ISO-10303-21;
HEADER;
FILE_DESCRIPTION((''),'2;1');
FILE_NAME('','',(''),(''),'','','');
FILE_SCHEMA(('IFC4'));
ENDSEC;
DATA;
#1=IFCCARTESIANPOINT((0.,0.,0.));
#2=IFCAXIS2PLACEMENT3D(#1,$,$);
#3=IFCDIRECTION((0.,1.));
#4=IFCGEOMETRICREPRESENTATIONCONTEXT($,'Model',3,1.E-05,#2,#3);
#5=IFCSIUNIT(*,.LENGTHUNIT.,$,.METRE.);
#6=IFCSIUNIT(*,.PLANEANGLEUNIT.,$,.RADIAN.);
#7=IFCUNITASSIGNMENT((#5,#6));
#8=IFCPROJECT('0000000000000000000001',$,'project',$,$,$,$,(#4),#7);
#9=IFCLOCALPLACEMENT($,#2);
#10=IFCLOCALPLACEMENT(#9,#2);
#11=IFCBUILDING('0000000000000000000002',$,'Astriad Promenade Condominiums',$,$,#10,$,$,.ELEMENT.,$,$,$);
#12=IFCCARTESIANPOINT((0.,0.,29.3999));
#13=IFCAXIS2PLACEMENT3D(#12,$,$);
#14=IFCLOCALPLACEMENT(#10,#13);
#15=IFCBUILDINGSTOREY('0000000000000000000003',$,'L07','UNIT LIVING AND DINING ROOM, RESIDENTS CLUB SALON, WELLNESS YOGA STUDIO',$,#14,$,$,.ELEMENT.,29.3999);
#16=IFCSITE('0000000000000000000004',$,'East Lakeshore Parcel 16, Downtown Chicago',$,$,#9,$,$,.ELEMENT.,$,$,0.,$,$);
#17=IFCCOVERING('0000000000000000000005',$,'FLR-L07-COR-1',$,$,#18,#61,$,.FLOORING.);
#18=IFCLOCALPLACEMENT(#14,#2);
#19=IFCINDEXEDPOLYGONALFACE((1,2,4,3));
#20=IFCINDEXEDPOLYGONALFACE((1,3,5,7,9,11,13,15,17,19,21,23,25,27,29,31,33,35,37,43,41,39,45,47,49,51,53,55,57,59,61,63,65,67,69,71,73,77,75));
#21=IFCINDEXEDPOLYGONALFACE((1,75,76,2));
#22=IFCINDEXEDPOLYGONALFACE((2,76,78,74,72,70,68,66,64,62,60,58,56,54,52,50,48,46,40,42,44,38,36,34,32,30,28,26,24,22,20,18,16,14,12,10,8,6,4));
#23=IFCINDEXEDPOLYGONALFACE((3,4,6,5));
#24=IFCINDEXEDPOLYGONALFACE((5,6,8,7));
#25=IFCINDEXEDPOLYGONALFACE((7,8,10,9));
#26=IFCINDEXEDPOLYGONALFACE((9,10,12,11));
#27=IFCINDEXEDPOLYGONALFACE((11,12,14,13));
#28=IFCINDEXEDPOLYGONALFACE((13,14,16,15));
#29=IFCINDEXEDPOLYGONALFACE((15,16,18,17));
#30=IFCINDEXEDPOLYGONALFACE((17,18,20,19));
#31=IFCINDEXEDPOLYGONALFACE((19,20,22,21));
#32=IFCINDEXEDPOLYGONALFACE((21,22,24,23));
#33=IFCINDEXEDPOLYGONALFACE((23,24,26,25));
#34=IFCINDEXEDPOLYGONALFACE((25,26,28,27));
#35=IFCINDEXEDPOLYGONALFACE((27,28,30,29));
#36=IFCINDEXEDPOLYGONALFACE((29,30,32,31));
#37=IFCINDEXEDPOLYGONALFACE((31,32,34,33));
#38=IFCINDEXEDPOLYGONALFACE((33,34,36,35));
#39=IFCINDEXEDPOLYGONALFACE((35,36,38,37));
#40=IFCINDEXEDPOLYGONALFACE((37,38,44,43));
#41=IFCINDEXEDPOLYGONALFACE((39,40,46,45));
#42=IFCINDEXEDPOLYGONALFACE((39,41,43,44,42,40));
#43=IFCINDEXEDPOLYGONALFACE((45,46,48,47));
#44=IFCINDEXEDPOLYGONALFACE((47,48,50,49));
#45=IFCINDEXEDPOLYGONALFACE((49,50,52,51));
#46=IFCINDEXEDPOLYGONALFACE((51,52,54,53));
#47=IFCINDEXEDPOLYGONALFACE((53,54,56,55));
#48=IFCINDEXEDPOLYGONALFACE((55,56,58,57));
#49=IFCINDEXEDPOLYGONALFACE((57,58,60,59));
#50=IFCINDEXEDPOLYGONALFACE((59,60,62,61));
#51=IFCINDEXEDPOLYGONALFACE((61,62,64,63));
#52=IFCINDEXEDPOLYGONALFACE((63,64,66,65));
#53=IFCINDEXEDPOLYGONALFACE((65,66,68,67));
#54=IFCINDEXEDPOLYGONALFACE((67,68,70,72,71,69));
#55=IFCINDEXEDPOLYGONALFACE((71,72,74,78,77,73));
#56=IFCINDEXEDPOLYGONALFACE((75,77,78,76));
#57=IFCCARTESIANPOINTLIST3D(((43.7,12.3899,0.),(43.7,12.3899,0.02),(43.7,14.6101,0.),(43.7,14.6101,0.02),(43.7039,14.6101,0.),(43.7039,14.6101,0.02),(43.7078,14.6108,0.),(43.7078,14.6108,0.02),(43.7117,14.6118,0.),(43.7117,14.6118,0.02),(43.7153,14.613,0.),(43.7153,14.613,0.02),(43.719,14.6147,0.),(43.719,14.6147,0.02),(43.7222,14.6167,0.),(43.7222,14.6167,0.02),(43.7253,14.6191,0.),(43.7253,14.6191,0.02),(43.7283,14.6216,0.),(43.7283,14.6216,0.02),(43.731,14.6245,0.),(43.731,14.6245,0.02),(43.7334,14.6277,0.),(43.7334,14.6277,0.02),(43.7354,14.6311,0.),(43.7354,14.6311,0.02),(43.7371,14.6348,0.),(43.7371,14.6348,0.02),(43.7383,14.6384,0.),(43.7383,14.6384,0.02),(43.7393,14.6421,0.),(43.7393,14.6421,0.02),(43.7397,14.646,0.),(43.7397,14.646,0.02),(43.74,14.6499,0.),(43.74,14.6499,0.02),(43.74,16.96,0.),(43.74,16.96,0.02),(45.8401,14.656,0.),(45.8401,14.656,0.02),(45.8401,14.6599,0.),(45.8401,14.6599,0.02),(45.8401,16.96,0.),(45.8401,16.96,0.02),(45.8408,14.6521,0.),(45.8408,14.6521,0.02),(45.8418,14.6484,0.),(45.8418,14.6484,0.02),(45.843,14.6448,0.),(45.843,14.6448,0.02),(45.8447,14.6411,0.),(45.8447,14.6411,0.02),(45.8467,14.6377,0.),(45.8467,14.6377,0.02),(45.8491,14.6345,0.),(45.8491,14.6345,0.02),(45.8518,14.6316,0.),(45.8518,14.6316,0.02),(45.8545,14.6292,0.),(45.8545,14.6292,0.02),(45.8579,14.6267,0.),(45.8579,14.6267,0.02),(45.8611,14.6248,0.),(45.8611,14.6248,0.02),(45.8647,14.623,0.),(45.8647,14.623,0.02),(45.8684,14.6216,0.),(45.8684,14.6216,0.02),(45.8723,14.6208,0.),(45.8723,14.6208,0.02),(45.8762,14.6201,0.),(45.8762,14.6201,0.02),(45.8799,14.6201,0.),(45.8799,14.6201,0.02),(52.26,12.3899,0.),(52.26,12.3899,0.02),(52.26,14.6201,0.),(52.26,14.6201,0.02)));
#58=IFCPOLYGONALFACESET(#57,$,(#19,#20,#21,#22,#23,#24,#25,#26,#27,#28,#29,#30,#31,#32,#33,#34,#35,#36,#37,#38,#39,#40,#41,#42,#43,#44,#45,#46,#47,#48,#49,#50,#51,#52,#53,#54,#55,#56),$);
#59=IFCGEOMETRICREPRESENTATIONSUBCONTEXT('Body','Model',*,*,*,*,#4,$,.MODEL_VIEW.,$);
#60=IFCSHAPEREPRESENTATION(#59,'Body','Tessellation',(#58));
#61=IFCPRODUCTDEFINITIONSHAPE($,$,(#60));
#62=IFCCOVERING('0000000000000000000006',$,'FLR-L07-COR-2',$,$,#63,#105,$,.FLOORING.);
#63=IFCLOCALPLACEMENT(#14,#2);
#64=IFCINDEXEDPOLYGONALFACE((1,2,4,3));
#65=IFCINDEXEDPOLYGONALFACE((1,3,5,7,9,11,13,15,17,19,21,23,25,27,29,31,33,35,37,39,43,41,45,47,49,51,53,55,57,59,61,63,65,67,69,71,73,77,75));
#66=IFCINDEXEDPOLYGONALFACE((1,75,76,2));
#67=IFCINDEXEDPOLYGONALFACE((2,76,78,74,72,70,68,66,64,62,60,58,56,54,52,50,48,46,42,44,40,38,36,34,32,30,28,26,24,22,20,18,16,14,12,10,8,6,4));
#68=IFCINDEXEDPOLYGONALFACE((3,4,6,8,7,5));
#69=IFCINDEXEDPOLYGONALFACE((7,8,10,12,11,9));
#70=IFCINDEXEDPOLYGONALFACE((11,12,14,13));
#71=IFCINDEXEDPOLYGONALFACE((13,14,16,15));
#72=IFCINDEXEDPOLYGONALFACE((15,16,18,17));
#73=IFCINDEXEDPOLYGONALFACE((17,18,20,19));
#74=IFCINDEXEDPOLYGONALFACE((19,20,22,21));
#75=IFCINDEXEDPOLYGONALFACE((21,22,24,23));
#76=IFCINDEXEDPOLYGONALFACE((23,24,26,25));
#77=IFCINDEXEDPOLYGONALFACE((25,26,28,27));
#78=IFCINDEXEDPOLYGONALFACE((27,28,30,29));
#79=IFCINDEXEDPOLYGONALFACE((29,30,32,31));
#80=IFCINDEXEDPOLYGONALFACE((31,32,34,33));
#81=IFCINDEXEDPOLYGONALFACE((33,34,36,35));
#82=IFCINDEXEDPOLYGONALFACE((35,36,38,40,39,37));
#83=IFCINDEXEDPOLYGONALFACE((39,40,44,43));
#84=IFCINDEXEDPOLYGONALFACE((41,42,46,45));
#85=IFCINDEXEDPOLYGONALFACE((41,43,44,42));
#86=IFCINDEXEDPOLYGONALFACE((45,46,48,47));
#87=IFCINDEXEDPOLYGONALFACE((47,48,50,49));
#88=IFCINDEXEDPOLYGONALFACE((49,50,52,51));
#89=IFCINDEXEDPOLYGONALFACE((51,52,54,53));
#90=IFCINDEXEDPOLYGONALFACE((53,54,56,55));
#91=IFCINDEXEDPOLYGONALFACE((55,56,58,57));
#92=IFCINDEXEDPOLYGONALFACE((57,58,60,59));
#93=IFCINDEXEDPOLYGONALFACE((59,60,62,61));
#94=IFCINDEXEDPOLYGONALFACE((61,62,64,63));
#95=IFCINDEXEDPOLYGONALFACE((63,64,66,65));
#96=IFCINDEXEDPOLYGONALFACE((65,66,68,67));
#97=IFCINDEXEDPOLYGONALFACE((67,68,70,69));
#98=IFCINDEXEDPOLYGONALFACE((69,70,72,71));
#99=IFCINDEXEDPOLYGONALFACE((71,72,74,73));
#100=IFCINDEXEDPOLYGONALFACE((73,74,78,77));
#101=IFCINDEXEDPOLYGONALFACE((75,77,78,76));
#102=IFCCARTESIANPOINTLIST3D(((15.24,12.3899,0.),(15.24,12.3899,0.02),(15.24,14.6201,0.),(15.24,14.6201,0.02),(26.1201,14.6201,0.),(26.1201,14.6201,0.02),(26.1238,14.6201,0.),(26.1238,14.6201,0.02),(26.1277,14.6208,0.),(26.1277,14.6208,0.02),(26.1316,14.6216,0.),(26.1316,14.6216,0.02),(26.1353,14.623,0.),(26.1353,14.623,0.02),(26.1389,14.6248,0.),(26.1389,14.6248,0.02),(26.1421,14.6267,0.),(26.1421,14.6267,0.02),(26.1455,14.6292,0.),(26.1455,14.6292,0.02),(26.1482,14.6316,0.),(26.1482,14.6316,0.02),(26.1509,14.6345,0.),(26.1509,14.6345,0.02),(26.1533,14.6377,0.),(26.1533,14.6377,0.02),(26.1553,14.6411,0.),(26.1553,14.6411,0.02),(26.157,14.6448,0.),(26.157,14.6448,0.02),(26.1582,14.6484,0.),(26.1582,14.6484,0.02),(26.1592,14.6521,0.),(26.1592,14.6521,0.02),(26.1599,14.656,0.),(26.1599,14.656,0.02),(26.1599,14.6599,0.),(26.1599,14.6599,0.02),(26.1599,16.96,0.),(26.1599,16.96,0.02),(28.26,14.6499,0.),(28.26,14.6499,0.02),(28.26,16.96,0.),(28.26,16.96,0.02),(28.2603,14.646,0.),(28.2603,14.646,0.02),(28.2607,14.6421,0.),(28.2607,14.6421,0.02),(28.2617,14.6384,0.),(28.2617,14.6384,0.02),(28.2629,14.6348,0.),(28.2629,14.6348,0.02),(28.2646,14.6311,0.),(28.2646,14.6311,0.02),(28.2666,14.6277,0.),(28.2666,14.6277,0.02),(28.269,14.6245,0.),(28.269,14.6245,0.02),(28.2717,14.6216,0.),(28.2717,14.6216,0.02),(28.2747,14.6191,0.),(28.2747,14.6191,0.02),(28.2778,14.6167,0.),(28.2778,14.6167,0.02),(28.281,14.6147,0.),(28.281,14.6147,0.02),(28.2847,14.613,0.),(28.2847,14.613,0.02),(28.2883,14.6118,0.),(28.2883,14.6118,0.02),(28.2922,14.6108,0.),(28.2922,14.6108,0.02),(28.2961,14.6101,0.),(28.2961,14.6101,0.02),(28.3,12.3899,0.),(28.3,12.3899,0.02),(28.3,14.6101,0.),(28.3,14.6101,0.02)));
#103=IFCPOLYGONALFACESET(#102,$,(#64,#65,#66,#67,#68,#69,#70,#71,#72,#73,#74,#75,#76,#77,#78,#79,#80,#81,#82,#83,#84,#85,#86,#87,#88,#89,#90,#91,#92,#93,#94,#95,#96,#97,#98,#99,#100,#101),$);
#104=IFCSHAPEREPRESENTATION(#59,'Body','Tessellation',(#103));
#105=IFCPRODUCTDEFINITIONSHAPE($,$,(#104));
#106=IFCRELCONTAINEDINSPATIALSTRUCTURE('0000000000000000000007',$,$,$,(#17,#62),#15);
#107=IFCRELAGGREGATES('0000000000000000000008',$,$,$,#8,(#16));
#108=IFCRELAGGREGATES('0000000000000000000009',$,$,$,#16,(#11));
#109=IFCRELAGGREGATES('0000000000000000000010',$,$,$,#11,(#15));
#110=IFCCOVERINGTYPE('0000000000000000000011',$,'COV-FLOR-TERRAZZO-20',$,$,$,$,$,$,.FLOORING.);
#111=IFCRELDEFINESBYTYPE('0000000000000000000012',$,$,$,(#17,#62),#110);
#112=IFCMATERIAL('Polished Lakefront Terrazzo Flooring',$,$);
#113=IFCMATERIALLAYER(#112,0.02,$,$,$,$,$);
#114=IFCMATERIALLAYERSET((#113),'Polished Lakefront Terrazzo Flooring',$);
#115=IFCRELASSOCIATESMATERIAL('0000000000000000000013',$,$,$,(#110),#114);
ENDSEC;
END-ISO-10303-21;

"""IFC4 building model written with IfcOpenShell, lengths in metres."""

from ifc_helpers import new_model, si_unit, direction, frame, origin, place, context, subcontext, project, spatial, polyline, outline, extrude, material, layer, layer_set, type_object, element, save


model = new_model("IFC4")

# Units and contexts
model_context = context("Model", 3, precision=1e-05, world=origin(), true_north=direction((0.0, 1.0)))
body_context = subcontext(model_context, "Body", "Model", "MODEL_VIEW")
ifc_project = project(units=[si_unit("LENGTHUNIT", "METRE"), si_unit("PLANEANGLEUNIT", "RADIAN")], contexts=[model_context])

# Site, building, storey
site_placement = place(None, origin())
site = spatial("IfcSite", under=ifc_project, at=site_placement, Name="East Lakeshore Parcel 16, Downtown Chicago", CompositionType="ELEMENT", RefElevation=0.0)
building_placement = place(site_placement, origin())
building = spatial("IfcBuilding", under=site, at=building_placement, Name="Astriad Promenade Condominiums", CompositionType="ELEMENT")
storey_placement = place(building_placement, frame((0.0, 0.0, 29.3999)))
storey = spatial("IfcBuildingStorey", under=building, at=storey_placement, Name="L07", Description="UNIT LIVING AND DINING ROOM, RESIDENTS CLUB SALON, WELLNESS YOGA STUDIO", CompositionType="ELEMENT", Elevation=29.3999)

# Coverings
ifc_material_1 = material(Name="Polished Lakefront Terrazzo Flooring")
ifc_layer_1 = layer(ifc_material_1, 0.02)
ifc_layer_set_1 = layer_set([ifc_layer_1], Name="Polished Lakefront Terrazzo Flooring")
covering_type = type_object("IfcCoveringType", Name="COV-FLOR-TERRAZZO-20", PredefinedType="FLOORING", material=ifc_layer_set_1)
covering_1_placement = place(storey_placement, origin())
element("IfcCovering", 1, at=covering_1_placement, inside=storey, type_object=covering_type, Name="FLR-L07-COR-1", PredefinedType="FLOORING", context=body_context, shape_type="SweptSolid", body=[
    extrude(outline(polyline([(43.7, 12.3899), (43.7, 14.6101), (43.7039, 14.6101), (43.7078, 14.6108), (43.7117, 14.6118), (43.7153, 14.613), (43.719, 14.6147), (43.7222, 14.6167), (43.7253, 14.6191), (43.7283, 14.6216), (43.731, 14.6245), (43.7334, 14.6277), (43.7354, 14.6311), (43.7371, 14.6348), (43.7383, 14.6384), (43.7393, 14.6421), (43.7397, 14.646), (43.74, 14.6499), (43.74, 16.96), (45.8401, 16.96), (45.8401, 14.6599), (45.8401, 14.656), (45.8408, 14.6521), (45.8418, 14.6484), (45.843, 14.6448), (45.8447, 14.6411), (45.8467, 14.6377), (45.8491, 14.6345), (45.8518, 14.6316), (45.8545, 14.6292), (45.8579, 14.6267), (45.8611, 14.6248), (45.8647, 14.623), (45.8684, 14.6216), (45.8723, 14.6208), (45.8762, 14.6201), (45.8799, 14.6201), (52.26, 14.6201), (52.26, 12.3899), (43.7, 12.3899)])), origin(), (0.0, 0.0, 1.0), 0.02),
])
covering_2_placement = place(storey_placement, origin())
element("IfcCovering", 2, at=covering_2_placement, inside=storey, type_object=covering_type, Name="FLR-L07-COR-2", PredefinedType="FLOORING", context=body_context, shape_type="SweptSolid", body=[
    extrude(outline(polyline([(28.3, 12.3899), (15.24, 12.3899), (15.24, 14.6201), (26.1201, 14.6201), (26.1238, 14.6201), (26.1277, 14.6208), (26.1316, 14.6216), (26.1353, 14.623), (26.1389, 14.6248), (26.1421, 14.6267), (26.1455, 14.6292), (26.1482, 14.6316), (26.1509, 14.6345), (26.1533, 14.6377), (26.1553, 14.6411), (26.157, 14.6448), (26.1582, 14.6484), (26.1592, 14.6521), (26.1599, 14.656), (26.1599, 14.6599), (26.1599, 16.96), (28.26, 16.96), (28.26, 14.6499), (28.2603, 14.646), (28.2607, 14.6421), (28.2617, 14.6384), (28.2629, 14.6348), (28.2646, 14.6311), (28.2666, 14.6277), (28.269, 14.6245), (28.2717, 14.6216), (28.2747, 14.6191), (28.2778, 14.6167), (28.281, 14.6147), (28.2847, 14.613), (28.2883, 14.6118), (28.2922, 14.6108), (28.2961, 14.6101), (28.3, 14.6101), (28.3, 12.3899)])), origin(), (0.0, 0.0, 1.0), 0.02),
])

save(model, "model.ifc")
